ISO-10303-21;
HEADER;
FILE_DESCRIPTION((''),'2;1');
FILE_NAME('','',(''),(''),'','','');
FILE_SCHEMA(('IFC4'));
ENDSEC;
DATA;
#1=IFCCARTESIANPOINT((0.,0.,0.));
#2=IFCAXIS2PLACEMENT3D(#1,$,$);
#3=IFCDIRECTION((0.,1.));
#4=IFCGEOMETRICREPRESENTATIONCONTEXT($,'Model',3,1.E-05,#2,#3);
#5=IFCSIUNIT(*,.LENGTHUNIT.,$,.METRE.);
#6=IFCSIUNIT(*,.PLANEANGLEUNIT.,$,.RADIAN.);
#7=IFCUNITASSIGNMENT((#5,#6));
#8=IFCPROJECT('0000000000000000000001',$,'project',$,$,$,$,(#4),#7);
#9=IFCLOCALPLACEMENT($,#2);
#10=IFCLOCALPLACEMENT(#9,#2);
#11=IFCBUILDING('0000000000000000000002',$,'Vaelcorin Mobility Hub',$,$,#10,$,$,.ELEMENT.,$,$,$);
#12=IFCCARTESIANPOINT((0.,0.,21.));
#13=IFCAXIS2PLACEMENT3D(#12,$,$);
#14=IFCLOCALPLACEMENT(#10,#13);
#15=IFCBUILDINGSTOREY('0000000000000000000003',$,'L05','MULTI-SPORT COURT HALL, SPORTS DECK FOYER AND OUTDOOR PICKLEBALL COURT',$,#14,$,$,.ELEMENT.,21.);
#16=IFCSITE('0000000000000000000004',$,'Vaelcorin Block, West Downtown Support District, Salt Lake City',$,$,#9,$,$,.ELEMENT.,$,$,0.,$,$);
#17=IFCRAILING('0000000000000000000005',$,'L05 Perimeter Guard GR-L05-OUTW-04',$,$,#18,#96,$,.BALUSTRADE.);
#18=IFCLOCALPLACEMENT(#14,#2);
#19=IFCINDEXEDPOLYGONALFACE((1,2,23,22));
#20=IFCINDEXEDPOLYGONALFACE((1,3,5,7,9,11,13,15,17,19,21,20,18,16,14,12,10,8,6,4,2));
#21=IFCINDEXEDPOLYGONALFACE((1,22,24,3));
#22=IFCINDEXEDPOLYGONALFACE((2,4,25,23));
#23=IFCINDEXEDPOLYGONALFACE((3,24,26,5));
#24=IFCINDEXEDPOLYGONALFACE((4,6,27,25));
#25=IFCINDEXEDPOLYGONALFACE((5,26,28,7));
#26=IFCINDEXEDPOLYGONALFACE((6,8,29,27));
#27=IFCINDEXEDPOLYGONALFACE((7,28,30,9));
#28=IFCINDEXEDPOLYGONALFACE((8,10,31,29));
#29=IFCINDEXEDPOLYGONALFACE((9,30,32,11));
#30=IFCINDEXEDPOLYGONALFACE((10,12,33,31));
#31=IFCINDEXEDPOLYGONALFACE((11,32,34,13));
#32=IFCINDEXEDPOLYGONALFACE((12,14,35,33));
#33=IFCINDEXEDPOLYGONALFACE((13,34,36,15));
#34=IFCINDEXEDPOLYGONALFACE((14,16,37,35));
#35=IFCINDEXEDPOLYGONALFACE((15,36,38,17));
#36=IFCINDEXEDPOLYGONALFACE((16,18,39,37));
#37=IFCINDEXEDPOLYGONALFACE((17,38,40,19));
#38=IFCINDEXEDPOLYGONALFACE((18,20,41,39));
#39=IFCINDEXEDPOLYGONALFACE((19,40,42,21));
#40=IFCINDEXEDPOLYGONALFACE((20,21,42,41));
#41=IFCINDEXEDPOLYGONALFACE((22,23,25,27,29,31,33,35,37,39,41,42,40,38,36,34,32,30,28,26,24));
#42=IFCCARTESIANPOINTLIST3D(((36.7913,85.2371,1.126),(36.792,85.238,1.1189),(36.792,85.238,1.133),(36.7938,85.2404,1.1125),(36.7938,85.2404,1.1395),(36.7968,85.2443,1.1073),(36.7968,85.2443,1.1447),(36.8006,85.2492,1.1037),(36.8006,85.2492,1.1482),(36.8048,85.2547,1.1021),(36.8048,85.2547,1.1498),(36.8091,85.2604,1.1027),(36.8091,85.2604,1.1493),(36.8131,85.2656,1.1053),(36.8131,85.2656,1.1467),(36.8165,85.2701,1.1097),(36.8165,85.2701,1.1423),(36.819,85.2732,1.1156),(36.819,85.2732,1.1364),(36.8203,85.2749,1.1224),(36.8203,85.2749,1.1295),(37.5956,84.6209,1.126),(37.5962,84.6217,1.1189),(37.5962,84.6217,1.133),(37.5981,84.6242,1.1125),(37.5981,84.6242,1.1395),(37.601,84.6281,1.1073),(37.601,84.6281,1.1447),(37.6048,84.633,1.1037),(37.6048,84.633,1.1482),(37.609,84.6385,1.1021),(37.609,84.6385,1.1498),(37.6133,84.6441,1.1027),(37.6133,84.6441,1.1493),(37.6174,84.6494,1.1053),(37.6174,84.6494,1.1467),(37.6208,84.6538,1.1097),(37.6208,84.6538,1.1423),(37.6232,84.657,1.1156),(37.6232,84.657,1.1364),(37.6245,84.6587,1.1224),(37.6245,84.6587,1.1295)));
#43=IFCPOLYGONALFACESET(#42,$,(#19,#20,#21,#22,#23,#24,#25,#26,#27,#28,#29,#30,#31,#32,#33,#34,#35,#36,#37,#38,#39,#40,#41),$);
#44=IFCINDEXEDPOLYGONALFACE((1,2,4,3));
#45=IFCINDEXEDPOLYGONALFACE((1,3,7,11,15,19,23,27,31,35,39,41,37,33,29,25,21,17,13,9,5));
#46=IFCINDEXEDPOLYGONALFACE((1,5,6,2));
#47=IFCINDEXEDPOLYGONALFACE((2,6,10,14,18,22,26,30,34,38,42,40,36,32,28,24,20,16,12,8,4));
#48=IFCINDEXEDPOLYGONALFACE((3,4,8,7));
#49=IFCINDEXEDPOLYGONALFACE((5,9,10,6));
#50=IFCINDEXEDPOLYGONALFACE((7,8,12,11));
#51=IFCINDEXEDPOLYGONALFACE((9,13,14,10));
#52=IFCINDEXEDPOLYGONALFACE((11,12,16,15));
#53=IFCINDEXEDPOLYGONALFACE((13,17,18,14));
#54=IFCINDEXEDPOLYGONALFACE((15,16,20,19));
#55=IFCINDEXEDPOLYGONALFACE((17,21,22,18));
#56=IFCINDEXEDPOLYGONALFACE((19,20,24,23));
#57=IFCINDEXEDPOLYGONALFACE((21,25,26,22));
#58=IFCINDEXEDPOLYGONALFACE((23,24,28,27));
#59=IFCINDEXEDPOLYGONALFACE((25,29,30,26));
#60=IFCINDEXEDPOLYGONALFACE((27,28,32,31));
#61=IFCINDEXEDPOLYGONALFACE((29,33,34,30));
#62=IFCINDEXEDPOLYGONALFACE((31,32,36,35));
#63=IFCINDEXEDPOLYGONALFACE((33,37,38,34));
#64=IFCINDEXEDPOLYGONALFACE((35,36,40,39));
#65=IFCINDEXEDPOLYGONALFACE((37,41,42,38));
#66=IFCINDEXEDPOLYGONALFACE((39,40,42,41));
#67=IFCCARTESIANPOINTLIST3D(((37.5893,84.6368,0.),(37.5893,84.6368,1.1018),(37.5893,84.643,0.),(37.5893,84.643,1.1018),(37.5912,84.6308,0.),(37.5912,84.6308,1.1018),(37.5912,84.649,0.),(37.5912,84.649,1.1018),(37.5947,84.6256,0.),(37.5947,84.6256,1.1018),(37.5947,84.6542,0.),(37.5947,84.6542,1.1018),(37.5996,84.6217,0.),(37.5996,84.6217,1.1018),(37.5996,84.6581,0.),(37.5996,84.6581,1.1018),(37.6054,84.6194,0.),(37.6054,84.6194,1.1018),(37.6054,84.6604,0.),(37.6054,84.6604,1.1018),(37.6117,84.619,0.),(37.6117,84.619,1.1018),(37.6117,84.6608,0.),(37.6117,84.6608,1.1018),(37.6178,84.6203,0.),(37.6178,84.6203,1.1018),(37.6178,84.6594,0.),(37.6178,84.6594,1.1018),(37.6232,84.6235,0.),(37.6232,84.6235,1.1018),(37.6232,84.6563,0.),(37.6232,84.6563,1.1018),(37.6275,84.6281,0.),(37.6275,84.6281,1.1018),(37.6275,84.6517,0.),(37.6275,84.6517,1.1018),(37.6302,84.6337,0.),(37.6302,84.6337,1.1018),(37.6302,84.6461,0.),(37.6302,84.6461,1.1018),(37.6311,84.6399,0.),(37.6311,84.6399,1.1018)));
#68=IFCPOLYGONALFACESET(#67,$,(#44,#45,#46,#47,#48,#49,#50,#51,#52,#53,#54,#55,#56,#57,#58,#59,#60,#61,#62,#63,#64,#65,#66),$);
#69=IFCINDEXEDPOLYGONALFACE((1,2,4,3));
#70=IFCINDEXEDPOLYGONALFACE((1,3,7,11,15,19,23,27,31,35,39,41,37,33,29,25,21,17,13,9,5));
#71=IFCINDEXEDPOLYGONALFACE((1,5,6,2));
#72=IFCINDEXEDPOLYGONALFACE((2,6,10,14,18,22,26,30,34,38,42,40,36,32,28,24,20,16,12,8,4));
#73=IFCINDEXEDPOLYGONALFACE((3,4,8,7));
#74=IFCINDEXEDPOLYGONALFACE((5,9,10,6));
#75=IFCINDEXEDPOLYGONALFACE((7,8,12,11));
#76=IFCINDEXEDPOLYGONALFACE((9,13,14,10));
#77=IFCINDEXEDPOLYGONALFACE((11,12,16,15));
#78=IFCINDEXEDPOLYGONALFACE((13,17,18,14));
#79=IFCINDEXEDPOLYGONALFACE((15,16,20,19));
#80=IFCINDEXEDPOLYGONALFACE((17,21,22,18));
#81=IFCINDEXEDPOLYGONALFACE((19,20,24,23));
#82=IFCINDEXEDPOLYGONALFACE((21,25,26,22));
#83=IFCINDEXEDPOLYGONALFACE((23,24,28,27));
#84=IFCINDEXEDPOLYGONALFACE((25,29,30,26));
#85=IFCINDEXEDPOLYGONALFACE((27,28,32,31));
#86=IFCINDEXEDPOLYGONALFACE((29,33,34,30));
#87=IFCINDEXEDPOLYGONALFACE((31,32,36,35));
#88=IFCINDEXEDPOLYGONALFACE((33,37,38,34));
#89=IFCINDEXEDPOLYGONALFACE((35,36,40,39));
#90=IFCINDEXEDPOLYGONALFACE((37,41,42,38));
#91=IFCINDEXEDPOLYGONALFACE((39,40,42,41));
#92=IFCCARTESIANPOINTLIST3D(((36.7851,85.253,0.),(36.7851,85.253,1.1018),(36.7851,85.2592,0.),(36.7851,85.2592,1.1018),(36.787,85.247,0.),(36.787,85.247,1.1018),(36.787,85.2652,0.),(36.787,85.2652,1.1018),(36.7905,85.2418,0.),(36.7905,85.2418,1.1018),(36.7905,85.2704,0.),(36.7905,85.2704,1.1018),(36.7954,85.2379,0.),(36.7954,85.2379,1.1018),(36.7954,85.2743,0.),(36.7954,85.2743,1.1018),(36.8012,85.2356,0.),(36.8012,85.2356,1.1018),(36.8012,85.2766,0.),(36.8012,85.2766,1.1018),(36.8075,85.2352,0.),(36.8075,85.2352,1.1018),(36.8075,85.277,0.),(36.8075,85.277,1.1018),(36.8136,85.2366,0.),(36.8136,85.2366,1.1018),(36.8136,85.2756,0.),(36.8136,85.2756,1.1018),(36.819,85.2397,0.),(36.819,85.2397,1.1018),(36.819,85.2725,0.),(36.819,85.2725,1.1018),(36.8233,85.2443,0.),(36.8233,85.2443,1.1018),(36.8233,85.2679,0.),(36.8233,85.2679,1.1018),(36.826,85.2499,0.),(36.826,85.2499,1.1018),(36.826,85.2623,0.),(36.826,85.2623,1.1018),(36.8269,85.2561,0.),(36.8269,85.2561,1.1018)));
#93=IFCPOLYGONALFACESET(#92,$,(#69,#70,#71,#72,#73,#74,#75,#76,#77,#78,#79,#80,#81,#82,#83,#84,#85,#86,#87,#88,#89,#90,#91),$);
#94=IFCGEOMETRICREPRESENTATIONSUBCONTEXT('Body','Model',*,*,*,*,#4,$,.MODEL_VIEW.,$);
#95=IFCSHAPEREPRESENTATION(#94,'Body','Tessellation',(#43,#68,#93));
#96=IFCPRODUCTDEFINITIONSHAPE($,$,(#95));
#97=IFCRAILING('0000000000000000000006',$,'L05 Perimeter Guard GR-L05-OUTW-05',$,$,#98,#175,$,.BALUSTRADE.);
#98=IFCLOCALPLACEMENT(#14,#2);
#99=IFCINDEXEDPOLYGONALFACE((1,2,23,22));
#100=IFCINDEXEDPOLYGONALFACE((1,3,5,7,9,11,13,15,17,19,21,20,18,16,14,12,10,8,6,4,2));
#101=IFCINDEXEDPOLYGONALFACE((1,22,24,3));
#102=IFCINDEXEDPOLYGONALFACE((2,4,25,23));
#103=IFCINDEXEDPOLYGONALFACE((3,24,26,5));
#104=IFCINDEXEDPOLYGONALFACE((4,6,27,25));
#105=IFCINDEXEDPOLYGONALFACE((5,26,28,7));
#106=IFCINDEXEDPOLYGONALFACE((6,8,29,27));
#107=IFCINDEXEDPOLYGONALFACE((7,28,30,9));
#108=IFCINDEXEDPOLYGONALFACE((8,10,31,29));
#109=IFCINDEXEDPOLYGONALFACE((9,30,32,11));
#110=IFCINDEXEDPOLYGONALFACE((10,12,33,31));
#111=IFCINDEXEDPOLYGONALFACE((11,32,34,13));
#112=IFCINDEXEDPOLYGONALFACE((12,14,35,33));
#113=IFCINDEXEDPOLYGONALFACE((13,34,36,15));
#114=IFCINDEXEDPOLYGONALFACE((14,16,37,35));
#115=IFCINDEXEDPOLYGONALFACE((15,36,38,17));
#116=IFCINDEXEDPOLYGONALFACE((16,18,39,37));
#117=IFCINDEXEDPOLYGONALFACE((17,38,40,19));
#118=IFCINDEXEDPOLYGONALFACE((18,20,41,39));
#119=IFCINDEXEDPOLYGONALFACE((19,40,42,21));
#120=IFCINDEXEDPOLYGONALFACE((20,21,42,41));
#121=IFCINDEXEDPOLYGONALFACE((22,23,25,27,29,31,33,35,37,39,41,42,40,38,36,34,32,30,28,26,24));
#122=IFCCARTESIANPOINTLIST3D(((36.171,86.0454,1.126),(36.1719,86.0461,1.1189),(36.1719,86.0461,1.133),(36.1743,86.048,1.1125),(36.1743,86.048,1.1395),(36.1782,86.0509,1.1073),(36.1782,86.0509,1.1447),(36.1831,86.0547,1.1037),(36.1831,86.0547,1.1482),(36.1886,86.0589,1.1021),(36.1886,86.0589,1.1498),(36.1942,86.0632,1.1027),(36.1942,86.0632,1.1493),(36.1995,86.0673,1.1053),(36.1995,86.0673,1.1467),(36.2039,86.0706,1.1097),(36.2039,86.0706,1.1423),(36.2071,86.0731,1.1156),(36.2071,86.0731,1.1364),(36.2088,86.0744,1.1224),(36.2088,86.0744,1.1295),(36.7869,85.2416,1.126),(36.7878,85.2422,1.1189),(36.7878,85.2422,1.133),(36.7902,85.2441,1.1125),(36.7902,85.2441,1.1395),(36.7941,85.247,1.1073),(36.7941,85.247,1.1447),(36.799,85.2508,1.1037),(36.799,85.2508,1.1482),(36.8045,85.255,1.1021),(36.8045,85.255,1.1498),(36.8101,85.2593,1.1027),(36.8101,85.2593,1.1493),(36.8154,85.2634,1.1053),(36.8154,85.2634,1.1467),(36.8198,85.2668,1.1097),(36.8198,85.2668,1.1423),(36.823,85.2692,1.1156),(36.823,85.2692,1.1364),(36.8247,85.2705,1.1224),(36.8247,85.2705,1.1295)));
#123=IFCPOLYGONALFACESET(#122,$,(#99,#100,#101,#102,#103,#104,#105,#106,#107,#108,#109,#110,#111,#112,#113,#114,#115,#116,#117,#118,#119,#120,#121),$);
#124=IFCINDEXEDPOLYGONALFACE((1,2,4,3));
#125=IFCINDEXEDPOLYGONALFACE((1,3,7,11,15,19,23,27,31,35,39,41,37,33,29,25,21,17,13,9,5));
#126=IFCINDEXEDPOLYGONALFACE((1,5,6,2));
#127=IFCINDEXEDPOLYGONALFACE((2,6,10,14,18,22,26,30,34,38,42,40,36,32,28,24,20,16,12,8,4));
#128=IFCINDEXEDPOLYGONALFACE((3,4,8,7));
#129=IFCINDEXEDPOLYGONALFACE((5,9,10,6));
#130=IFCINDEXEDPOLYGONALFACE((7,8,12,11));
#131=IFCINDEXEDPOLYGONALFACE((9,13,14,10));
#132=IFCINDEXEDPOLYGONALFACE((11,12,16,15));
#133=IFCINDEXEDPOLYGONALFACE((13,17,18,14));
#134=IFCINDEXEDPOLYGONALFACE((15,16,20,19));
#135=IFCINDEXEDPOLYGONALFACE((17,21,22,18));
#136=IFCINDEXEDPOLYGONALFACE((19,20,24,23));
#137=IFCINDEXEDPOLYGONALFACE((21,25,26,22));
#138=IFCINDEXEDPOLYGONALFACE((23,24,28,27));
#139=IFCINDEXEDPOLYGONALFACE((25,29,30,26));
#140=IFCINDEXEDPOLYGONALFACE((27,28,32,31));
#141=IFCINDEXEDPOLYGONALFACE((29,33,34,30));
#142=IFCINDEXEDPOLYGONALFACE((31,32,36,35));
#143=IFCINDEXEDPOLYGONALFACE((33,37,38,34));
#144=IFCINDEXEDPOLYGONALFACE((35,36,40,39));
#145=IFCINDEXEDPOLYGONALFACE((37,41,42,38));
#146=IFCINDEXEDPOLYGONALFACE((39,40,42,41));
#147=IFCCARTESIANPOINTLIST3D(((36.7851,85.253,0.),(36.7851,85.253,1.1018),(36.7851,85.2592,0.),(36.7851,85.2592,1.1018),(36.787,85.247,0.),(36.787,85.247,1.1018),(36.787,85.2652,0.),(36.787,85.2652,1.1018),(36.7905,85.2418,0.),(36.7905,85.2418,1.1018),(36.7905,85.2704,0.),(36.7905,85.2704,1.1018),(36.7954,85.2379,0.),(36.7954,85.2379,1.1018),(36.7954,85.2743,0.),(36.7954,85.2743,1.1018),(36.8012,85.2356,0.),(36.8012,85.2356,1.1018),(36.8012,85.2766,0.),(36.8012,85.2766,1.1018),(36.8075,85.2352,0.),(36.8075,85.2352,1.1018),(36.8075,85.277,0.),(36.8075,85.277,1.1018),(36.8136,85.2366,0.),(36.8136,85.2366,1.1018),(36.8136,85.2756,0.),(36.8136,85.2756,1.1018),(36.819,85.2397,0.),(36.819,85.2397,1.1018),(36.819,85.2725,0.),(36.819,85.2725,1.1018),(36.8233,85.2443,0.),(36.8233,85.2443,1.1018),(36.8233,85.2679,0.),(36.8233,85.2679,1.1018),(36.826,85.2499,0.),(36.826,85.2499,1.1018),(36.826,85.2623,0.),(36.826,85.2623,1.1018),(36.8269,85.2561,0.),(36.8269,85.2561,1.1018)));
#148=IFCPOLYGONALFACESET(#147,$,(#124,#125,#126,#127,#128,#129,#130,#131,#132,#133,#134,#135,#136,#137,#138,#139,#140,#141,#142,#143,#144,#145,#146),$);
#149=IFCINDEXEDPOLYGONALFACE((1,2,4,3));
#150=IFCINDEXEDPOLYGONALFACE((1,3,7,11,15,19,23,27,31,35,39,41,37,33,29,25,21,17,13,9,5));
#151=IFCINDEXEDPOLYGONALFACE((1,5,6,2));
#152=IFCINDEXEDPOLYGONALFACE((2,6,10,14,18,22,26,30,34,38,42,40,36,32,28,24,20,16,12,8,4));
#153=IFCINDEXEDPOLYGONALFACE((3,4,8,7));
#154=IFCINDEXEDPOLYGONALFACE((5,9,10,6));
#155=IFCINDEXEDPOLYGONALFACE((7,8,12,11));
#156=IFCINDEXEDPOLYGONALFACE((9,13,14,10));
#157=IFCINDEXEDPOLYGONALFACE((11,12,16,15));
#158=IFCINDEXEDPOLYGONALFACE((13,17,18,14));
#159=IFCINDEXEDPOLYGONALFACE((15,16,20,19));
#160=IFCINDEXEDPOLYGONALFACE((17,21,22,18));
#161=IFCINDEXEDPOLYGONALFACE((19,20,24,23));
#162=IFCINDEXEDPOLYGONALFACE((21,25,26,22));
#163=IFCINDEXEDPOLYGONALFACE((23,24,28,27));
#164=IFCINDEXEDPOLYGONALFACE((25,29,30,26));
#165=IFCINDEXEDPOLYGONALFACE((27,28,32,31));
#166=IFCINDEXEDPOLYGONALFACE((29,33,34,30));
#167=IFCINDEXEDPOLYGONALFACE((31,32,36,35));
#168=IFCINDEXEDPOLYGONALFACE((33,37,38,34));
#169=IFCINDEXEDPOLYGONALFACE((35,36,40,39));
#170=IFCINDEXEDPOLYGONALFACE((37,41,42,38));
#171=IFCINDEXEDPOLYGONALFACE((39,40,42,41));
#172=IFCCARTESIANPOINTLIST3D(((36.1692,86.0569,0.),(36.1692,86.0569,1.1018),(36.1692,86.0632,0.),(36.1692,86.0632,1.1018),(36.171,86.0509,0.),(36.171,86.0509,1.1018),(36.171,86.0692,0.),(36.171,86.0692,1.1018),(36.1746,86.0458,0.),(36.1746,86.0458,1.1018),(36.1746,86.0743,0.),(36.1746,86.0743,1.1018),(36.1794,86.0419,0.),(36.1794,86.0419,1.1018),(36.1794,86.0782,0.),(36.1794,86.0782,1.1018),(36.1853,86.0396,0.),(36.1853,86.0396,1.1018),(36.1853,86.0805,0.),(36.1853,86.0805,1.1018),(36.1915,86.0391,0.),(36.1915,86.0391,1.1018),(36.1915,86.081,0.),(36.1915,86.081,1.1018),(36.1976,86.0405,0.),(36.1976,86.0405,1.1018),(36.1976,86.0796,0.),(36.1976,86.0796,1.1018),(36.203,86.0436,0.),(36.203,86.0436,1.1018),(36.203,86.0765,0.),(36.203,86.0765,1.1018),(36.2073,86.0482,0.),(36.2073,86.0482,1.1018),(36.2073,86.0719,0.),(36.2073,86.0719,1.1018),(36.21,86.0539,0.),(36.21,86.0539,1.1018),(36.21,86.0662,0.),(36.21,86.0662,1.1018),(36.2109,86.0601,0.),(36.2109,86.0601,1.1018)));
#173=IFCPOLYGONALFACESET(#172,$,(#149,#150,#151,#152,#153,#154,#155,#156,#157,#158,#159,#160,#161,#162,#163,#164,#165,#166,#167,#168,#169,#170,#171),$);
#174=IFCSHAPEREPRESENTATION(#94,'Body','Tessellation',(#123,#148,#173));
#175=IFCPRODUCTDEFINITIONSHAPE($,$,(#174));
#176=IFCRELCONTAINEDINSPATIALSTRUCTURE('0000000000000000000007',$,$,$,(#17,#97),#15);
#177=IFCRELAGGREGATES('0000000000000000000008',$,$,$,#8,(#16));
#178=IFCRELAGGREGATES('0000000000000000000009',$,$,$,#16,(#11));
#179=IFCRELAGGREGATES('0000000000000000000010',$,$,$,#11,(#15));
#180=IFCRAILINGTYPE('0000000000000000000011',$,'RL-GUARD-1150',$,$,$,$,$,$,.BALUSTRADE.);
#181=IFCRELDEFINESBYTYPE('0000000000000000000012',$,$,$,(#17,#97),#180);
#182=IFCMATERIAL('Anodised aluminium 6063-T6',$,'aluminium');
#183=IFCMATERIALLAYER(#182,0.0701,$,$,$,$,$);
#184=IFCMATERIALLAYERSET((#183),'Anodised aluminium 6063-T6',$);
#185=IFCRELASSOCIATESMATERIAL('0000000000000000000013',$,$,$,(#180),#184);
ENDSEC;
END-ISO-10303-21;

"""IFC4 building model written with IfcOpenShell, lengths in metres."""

from ifc_helpers import new_model, si_unit, direction, frame, origin, origin_2d, place, context, subcontext, project, spatial, circle, extrude, material, layer, layer_set, type_object, element, save


model = new_model("IFC4")

# Units and contexts
model_context = context("Model", 3, precision=1e-05, world=origin(), true_north=direction((0.0, 1.0)))
body_context = subcontext(model_context, "Body", "Model", "MODEL_VIEW")
ifc_project = project(units=[si_unit("LENGTHUNIT", "METRE"), si_unit("PLANEANGLEUNIT", "RADIAN")], contexts=[model_context])

# Site, building, storey
site_placement = place(None, origin())
site = spatial("IfcSite", under=ifc_project, at=site_placement, Name="Vaelcorin Block, West Downtown Support District, Salt Lake City", CompositionType="ELEMENT", RefElevation=0.0)
building_placement = place(site_placement, origin())
building = spatial("IfcBuilding", under=site, at=building_placement, Name="Vaelcorin Mobility Hub", CompositionType="ELEMENT")
storey_placement = place(building_placement, frame((0.0, 0.0, 21.0)))
storey = spatial("IfcBuildingStorey", under=building, at=storey_placement, Name="L05", Description="MULTI-SPORT COURT HALL, SPORTS DECK FOYER AND OUTDOOR PICKLEBALL COURT", CompositionType="ELEMENT", Elevation=21.0)

# Shared definitions
ifc_material_1 = material(Name="Anodised aluminium 6063-T6", Category="aluminium")

# Railings
ifc_layer_1 = layer(ifc_material_1, 0.0701)
ifc_layer_set_1 = layer_set([ifc_layer_1], Name="Anodised aluminium 6063-T6")
railing_type = type_object("IfcRailingType", Name="RL-GUARD-1150", PredefinedType="BALUSTRADE", material=ifc_layer_set_1)
railing_1_placement = place(storey_placement, frame((37.6101, 84.6399, 0.0)))
element("IfcRailing", 1, at=railing_1_placement, inside=storey, type_object=railing_type, Name="L05 Perimeter Guard GR-L05-OUTW-04", PredefinedType="BALUSTRADE", context=body_context, shape_type="SweptSolid", body=[
    extrude(circle(Radius=0.0239, at=origin_2d()), frame((0.0, 0.0, 1.126), z_axis=(-0.793769, 0.608219, 0.0), x_axis=(-0.608219, -0.793769, 0.0)), (0.0, 0.0, 1.0), 1.0132),
    extrude(circle(Radius=0.021, at=origin_2d()), origin(), (0.0, 0.0, 1.0), 1.1018),
    extrude(circle(Radius=0.021, at=origin_2d()), frame((-0.8042, 0.6162, 0.0)), (0.0, 0.0, 1.0), 1.1018),
])
railing_2_placement = place(storey_placement, frame((36.8059, 85.2561, 0.0)))
element("IfcRailing", 2, at=railing_2_placement, inside=storey, type_object=railing_type, Name="L05 Perimeter Guard GR-L05-OUTW-05", PredefinedType="BALUSTRADE", context=body_context, shape_type="SweptSolid", body=[
    extrude(circle(Radius=0.0239, at=origin_2d()), frame((0.0, 0.0, 1.126), z_axis=(-0.608184, 0.793796, 0.0), x_axis=(-0.793796, -0.608184, 0.0)), (0.0, 0.0, 1.0), 1.0127),
    extrude(circle(Radius=0.021, at=origin_2d()), origin(), (0.0, 0.0, 1.0), 1.1018),
    extrude(circle(Radius=0.021, at=origin_2d()), frame((-0.616, 0.804, 0.0)), (0.0, 0.0, 1.0), 1.1018),
])

save(model, "model.ifc")
